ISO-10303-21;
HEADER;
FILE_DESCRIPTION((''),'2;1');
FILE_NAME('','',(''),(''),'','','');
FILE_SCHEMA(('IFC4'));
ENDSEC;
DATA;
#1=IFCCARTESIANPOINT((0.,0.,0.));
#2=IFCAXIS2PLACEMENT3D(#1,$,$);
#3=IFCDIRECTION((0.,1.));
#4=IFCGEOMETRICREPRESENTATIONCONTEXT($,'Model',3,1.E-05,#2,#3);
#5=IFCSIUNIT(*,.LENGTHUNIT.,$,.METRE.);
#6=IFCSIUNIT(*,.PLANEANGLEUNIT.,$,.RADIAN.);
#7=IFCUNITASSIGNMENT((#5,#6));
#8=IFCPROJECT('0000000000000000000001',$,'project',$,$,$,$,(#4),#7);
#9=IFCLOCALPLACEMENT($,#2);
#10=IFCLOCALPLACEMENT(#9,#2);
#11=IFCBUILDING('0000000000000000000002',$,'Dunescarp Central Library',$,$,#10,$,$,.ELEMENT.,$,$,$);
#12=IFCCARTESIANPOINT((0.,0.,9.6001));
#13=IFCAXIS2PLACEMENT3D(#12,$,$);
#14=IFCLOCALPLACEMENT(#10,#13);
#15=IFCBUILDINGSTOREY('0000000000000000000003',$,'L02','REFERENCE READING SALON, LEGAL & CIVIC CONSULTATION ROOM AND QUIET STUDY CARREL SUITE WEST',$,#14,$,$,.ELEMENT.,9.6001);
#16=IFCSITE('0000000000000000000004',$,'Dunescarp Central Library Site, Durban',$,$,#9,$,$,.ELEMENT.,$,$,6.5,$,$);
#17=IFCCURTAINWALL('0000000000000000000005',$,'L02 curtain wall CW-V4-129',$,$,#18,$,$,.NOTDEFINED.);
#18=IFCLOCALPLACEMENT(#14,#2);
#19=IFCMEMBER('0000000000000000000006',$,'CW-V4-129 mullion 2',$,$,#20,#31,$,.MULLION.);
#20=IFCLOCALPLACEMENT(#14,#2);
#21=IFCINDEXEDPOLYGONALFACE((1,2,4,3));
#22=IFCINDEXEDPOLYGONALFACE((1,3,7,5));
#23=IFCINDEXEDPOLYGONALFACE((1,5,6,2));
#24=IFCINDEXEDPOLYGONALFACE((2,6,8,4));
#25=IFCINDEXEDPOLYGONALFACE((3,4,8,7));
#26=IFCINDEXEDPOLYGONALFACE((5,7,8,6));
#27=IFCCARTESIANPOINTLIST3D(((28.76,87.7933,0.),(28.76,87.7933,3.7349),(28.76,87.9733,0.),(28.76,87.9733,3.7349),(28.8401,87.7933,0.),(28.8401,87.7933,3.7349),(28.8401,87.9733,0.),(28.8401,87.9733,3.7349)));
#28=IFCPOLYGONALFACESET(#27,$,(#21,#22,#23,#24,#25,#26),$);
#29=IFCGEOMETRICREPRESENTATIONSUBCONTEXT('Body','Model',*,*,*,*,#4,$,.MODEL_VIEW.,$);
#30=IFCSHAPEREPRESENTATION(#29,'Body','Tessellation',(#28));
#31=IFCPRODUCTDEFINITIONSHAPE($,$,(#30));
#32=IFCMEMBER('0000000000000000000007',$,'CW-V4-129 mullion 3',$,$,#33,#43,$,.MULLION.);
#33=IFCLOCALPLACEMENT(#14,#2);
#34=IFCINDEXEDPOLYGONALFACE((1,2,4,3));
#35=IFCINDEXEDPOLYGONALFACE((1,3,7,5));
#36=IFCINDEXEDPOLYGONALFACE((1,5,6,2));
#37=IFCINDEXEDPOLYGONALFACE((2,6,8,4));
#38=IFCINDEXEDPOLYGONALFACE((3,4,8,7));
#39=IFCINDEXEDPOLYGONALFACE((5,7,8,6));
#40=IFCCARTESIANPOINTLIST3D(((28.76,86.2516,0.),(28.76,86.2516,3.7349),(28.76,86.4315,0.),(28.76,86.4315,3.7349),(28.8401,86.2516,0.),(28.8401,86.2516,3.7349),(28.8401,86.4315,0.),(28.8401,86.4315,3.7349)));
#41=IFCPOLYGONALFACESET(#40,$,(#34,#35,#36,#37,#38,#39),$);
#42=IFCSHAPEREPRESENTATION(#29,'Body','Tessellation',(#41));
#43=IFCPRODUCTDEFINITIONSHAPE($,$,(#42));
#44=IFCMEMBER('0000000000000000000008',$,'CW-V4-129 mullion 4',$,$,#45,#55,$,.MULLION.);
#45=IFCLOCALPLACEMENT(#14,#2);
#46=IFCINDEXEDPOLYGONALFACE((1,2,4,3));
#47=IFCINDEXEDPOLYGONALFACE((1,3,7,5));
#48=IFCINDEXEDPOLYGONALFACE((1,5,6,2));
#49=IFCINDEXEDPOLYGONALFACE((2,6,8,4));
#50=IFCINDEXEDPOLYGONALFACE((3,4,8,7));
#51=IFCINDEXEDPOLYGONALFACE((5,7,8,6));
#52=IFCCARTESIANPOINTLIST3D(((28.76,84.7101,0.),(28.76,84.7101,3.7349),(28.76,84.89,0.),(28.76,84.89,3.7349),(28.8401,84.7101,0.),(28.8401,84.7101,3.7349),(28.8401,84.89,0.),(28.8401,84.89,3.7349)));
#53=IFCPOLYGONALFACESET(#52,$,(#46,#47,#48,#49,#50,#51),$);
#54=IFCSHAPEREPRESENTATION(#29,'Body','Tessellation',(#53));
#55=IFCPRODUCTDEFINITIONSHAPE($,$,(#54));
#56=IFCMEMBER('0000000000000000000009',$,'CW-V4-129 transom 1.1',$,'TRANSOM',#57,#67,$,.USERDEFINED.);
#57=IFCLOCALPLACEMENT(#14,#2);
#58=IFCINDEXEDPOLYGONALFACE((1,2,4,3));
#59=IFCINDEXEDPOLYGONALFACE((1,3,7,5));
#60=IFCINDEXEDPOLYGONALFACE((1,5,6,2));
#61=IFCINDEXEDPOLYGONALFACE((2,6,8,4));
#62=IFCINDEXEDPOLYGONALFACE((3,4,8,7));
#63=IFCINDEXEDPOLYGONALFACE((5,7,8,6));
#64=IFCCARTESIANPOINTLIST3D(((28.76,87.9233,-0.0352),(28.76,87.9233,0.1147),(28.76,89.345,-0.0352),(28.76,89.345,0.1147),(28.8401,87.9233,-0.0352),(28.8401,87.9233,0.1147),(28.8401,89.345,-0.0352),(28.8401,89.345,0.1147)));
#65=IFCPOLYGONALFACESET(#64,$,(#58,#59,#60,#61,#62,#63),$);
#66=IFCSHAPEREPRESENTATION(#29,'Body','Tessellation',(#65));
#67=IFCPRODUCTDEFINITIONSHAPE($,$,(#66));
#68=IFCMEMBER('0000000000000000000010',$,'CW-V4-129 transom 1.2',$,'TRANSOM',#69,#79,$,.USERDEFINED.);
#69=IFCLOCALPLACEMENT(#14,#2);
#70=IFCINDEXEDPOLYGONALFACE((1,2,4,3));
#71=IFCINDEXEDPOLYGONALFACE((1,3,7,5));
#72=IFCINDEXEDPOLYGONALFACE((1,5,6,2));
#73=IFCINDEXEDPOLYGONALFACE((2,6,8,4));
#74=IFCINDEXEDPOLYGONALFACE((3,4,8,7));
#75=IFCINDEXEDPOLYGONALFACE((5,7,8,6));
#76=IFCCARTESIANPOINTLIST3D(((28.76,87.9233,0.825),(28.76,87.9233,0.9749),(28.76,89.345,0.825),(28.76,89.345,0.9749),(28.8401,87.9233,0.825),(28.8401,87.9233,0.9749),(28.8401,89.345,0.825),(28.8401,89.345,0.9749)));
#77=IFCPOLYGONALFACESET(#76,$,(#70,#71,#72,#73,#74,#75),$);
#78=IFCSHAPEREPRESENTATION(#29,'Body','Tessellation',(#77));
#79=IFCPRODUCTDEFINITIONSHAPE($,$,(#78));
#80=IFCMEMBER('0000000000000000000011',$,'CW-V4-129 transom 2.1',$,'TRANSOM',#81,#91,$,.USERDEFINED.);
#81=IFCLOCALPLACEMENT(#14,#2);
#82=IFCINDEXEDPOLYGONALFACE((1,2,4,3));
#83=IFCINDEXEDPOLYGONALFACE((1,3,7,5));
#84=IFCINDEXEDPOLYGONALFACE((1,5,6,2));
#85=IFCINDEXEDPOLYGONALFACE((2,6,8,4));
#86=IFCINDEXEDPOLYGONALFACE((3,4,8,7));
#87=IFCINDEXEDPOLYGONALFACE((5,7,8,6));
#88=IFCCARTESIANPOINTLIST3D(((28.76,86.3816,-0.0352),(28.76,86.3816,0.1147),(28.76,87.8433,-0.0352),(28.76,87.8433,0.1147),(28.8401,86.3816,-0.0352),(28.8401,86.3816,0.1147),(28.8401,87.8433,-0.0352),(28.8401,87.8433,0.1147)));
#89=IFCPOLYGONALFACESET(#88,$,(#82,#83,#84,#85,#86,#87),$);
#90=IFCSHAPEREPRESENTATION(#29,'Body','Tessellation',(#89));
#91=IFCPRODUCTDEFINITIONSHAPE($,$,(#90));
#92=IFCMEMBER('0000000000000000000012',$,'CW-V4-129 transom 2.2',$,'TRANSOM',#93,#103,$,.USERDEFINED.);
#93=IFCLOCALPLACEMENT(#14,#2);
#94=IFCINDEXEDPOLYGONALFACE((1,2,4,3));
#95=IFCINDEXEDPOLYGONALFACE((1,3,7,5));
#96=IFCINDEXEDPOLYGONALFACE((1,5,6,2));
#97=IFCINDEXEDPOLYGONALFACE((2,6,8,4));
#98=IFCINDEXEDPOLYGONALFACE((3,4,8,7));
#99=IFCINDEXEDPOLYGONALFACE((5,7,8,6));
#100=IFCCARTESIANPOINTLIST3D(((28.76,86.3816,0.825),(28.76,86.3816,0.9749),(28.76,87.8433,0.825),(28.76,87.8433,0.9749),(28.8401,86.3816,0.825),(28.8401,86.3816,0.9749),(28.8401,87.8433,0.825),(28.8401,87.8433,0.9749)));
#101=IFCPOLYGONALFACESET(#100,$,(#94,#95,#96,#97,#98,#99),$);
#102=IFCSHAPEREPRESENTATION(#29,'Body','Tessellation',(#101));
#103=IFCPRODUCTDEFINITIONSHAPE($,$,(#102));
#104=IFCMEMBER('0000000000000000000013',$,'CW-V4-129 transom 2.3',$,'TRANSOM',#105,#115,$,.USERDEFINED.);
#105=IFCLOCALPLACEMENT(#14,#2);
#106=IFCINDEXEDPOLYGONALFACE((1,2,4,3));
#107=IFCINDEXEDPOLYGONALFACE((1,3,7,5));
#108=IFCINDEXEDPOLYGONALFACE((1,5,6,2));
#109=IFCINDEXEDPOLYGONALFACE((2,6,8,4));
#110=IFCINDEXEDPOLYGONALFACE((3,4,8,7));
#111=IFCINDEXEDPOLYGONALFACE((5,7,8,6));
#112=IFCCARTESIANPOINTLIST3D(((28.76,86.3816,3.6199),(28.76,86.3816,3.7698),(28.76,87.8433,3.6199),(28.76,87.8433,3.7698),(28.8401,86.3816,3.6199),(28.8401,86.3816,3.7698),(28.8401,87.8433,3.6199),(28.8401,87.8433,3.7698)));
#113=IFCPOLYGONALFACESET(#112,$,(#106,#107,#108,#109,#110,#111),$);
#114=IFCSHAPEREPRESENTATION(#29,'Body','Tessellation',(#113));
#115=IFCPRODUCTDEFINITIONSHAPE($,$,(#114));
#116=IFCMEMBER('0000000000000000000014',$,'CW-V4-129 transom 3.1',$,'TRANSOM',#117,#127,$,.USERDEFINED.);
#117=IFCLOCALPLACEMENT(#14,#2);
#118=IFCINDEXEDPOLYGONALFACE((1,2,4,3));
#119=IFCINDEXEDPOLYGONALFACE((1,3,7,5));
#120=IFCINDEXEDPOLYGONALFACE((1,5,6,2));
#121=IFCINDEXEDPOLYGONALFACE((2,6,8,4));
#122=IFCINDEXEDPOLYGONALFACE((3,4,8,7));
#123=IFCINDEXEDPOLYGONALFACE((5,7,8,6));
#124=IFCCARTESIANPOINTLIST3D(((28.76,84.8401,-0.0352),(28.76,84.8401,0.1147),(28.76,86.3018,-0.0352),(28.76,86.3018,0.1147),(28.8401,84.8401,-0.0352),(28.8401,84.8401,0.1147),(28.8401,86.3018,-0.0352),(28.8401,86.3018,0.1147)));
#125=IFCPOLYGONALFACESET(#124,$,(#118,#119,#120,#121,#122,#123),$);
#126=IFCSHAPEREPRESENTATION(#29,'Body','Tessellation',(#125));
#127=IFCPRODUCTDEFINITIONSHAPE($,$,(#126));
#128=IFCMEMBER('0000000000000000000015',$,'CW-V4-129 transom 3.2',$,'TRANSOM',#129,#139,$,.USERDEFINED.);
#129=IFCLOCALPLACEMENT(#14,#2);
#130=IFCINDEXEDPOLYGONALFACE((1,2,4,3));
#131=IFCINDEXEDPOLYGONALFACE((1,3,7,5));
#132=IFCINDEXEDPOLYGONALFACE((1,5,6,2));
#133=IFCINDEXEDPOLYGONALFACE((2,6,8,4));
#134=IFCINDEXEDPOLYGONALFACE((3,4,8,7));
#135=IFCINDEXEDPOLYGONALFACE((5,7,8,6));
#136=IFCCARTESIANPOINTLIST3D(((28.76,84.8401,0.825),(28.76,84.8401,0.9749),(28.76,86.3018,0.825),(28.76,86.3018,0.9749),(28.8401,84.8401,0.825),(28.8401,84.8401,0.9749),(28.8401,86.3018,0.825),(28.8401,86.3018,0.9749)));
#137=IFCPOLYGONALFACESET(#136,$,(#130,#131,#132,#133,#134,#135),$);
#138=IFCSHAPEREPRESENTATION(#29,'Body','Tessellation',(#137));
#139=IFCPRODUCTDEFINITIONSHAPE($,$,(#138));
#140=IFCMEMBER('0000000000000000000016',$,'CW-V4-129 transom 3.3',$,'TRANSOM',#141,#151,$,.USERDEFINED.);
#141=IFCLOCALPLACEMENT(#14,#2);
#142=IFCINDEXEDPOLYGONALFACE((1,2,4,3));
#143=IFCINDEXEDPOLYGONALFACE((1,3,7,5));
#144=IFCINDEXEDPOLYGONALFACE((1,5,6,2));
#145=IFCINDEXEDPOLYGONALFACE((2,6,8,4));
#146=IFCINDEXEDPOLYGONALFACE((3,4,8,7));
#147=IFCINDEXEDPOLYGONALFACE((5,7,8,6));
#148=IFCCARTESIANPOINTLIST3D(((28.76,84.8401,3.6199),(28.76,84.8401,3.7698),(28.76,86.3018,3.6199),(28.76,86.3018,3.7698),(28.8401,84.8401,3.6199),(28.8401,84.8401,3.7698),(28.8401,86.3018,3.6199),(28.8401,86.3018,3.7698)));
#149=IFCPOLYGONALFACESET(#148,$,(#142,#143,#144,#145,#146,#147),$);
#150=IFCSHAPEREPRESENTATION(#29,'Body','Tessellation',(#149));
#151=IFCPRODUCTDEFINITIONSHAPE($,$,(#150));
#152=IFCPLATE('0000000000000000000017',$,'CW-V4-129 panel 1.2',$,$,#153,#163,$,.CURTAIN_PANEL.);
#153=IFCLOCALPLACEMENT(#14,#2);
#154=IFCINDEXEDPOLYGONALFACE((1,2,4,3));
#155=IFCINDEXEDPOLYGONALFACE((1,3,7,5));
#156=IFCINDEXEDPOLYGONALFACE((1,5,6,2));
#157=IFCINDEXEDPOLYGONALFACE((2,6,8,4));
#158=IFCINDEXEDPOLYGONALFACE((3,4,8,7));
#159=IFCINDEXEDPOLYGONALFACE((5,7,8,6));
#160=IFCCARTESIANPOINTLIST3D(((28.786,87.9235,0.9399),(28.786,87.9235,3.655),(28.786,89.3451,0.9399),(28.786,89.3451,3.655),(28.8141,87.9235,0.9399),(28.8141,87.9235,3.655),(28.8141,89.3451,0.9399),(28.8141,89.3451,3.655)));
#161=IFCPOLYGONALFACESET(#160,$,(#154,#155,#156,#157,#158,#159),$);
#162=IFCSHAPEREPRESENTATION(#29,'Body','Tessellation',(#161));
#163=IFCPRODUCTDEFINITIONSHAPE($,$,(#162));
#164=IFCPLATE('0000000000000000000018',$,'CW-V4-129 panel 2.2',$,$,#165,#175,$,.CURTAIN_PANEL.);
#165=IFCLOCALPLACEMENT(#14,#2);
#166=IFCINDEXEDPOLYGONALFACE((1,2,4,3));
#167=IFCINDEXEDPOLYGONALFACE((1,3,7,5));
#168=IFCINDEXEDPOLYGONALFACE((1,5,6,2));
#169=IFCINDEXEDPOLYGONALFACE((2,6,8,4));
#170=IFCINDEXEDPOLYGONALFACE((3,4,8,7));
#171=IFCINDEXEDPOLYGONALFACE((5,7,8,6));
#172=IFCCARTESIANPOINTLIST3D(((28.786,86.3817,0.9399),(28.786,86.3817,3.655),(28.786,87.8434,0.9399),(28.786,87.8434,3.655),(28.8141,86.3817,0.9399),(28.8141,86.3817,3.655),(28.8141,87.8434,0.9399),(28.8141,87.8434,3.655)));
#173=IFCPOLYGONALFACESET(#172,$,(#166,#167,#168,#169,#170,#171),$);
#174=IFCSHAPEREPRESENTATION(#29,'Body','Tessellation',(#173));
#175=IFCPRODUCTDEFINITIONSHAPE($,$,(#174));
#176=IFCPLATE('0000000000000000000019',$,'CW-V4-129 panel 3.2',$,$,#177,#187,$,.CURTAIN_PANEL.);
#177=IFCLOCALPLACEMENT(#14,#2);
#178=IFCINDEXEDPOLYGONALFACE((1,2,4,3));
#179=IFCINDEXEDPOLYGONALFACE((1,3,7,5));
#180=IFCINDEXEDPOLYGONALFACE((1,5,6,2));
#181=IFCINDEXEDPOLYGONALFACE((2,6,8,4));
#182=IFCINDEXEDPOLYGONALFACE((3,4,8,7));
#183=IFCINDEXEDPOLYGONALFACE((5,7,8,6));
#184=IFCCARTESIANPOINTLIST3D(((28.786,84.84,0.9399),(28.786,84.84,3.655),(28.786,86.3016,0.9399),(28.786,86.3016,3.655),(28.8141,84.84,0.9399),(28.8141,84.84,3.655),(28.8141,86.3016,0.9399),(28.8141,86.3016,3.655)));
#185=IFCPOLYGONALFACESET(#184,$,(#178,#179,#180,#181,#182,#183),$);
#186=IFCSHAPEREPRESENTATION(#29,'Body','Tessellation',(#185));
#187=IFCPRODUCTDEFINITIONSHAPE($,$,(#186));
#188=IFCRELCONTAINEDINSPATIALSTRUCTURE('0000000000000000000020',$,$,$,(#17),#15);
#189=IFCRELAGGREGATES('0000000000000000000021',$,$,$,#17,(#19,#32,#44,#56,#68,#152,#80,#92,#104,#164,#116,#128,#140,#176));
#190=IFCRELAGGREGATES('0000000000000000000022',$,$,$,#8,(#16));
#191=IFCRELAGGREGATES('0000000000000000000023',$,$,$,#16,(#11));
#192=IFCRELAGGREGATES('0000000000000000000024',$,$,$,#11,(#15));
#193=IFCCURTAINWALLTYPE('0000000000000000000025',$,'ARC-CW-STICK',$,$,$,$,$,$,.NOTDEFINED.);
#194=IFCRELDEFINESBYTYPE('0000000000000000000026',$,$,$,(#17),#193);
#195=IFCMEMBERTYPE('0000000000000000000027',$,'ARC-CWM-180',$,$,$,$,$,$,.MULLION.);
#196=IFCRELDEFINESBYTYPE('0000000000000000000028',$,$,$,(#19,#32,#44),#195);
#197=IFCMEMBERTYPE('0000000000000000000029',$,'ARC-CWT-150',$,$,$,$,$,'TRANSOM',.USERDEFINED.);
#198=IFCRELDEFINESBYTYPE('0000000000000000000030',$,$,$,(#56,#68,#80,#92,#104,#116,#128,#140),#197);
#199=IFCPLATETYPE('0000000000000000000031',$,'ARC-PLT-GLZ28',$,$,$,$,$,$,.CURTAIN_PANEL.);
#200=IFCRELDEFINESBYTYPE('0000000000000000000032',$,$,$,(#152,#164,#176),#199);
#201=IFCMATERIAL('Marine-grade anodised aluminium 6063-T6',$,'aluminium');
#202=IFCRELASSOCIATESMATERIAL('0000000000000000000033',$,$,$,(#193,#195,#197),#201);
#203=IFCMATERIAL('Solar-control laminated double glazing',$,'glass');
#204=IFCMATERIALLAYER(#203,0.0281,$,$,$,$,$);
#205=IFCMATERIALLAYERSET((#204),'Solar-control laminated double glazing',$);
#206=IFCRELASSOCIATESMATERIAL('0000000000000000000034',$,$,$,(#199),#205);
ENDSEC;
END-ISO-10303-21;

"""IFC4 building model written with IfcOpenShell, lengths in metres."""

from ifc_helpers import new_model, si_unit, direction, frame, origin, origin_2d, place, context, subcontext, project, spatial, rectangle, extrude, material, layer, layer_set, material_profile, profile_set, type_object, element, aggregate, save


model = new_model("IFC4")

# Units and contexts
model_context = context("Model", 3, precision=1e-05, world=origin(), true_north=direction((0.0, 1.0)))
body_context = subcontext(model_context, "Body", "Model", "MODEL_VIEW")
ifc_project = project(units=[si_unit("LENGTHUNIT", "METRE"), si_unit("PLANEANGLEUNIT", "RADIAN")], contexts=[model_context])

# Site, building, storey
site_placement = place(None, origin())
site = spatial("IfcSite", under=ifc_project, at=site_placement, Name="Dunescarp Central Library Site, Durban", CompositionType="ELEMENT", RefElevation=6.5)
building_placement = place(site_placement, origin())
building = spatial("IfcBuilding", under=site, at=building_placement, Name="Dunescarp Central Library", CompositionType="ELEMENT")
storey_placement = place(building_placement, frame((0.0, 0.0, 9.6001)))
storey = spatial("IfcBuildingStorey", under=building, at=storey_placement, Name="L02", Description="REFERENCE READING SALON, LEGAL & CIVIC CONSULTATION ROOM AND QUIET STUDY CARREL SUITE WEST", CompositionType="ELEMENT", Elevation=9.6001)

# Curtain wall, members, plates
ifc_material_1 = material(Name="Marine-grade anodised aluminium 6063-T6", Category="aluminium")
curtain_wall_type = type_object("IfcCurtainWallType", Name="ARC-CW-STICK", PredefinedType="NOTDEFINED", material=ifc_material_1)
curtain_wall_placement = place(storey_placement, origin())
curtain_wall = element("IfcCurtainWall", 1, at=curtain_wall_placement, inside=storey, type_object=curtain_wall_type, Name="L02 curtain wall CW-V4-129", PredefinedType="NOTDEFINED")
ifc_material_profile_1 = material_profile(ifc_material_1, rectangle(XDim=0.0801, YDim=0.1799, at=origin_2d()), Name="AL 80x180")
ifc_profile_set_1 = profile_set([ifc_material_profile_1], Name="Marine-grade anodised aluminium 6063-T6")
member_type_1 = type_object("IfcMemberType", Name="ARC-CWM-180", PredefinedType="MULLION", material=ifc_profile_set_1)
member_1_placement = place(storey_placement, frame((28.8, 87.8833, 0.0), z_axis=(0.0, 0.0, 1.0), x_axis=(1.0, 0.0, 0.0)))
member_1 = element("IfcMember", 2, at=member_1_placement, type_object=member_type_1, Name="CW-V4-129 mullion 2", PredefinedType="MULLION", context=body_context, shape_type="SweptSolid", body=[
    extrude(rectangle(XDim=0.0801, YDim=0.1799, at=origin_2d()), origin(), (0.0, 0.0, 1.0), 3.7349),
])
member_2_placement = place(storey_placement, frame((28.8, 86.3416, 0.0), z_axis=(0.0, 0.0, 1.0), x_axis=(1.0, 0.0, 0.0)))
member_2 = element("IfcMember", 3, at=member_2_placement, type_object=member_type_1, Name="CW-V4-129 mullion 3", PredefinedType="MULLION", context=body_context, shape_type="SweptSolid", body=[
    extrude(rectangle(XDim=0.0801, YDim=0.1799, at=origin_2d()), origin(), (0.0, 0.0, 1.0), 3.7349),
])
member_3_placement = place(storey_placement, frame((28.8, 84.8, 0.0), z_axis=(0.0, 0.0, 1.0), x_axis=(1.0, 0.0, 0.0)))
member_3 = element("IfcMember", 4, at=member_3_placement, type_object=member_type_1, Name="CW-V4-129 mullion 4", PredefinedType="MULLION", context=body_context, shape_type="SweptSolid", body=[
    extrude(rectangle(XDim=0.0801, YDim=0.1799, at=origin_2d()), origin(), (0.0, 0.0, 1.0), 3.7349),
])
ifc_material_profile_2 = material_profile(ifc_material_1, rectangle(XDim=0.0801, YDim=0.1499, at=origin_2d()), Name="AL 80x150")
ifc_profile_set_2 = profile_set([ifc_material_profile_2], Name="Marine-grade anodised aluminium 6063-T6")
member_type_2 = type_object("IfcMemberType", Name="ARC-CWT-150", ElementType="TRANSOM", PredefinedType="USERDEFINED", material=ifc_profile_set_2)
member_4_placement = place(storey_placement, frame((28.8, 89.345, 0.0398), z_axis=(0.0, -1.0, 0.0), x_axis=(1.0, 0.0, 0.0)))
member_4 = element("IfcMember", 5, at=member_4_placement, type_object=member_type_2, Name="CW-V4-129 transom 1.1", ObjectType="TRANSOM", PredefinedType="USERDEFINED", context=body_context, shape_type="SweptSolid", body=[
    extrude(rectangle(XDim=0.0801, YDim=0.1499, at=origin_2d()), origin(), (0.0, 0.0, 1.0), 1.4216),
])
member_5_placement = place(storey_placement, frame((28.8, 89.345, 0.8999), z_axis=(0.0, -1.0, 0.0), x_axis=(1.0, 0.0, 0.0)))
member_5 = element("IfcMember", 6, at=member_5_placement, type_object=member_type_2, Name="CW-V4-129 transom 1.2", ObjectType="TRANSOM", PredefinedType="USERDEFINED", context=body_context, shape_type="SweptSolid", body=[
    extrude(rectangle(XDim=0.0801, YDim=0.1499, at=origin_2d()), origin(), (0.0, 0.0, 1.0), 1.4216),
])
member_6_placement = place(storey_placement, frame((28.8, 87.8433, 0.0398), z_axis=(0.0, -1.0, 0.0), x_axis=(1.0, 0.0, 0.0)))
member_6 = element("IfcMember", 7, at=member_6_placement, type_object=member_type_2, Name="CW-V4-129 transom 2.1", ObjectType="TRANSOM", PredefinedType="USERDEFINED", context=body_context, shape_type="SweptSolid", body=[
    extrude(rectangle(XDim=0.0801, YDim=0.1499, at=origin_2d()), origin(), (0.0, 0.0, 1.0), 1.4617),
])
member_7_placement = place(storey_placement, frame((28.8, 87.8433, 0.8999), z_axis=(0.0, -1.0, 0.0), x_axis=(1.0, 0.0, 0.0)))
member_7 = element("IfcMember", 8, at=member_7_placement, type_object=member_type_2, Name="CW-V4-129 transom 2.2", ObjectType="TRANSOM", PredefinedType="USERDEFINED", context=body_context, shape_type="SweptSolid", body=[
    extrude(rectangle(XDim=0.0801, YDim=0.1499, at=origin_2d()), origin(), (0.0, 0.0, 1.0), 1.4617),
])
member_8_placement = place(storey_placement, frame((28.8, 87.8433, 3.6948), z_axis=(0.0, -1.0, 0.0), x_axis=(1.0, 0.0, 0.0)))
member_8 = element("IfcMember", 9, at=member_8_placement, type_object=member_type_2, Name="CW-V4-129 transom 2.3", ObjectType="TRANSOM", PredefinedType="USERDEFINED", context=body_context, shape_type="SweptSolid", body=[
    extrude(rectangle(XDim=0.0801, YDim=0.1499, at=origin_2d()), origin(), (0.0, 0.0, 1.0), 1.4617),
])
member_9_placement = place(storey_placement, frame((28.8, 86.3018, 0.0398), z_axis=(0.0, -1.0, 0.0), x_axis=(1.0, 0.0, 0.0)))
member_9 = element("IfcMember", 10, at=member_9_placement, type_object=member_type_2, Name="CW-V4-129 transom 3.1", ObjectType="TRANSOM", PredefinedType="USERDEFINED", context=body_context, shape_type="SweptSolid", body=[
    extrude(rectangle(XDim=0.0801, YDim=0.1499, at=origin_2d()), origin(), (0.0, 0.0, 1.0), 1.4617),
])
member_10_placement = place(storey_placement, frame((28.8, 86.3018, 0.8999), z_axis=(0.0, -1.0, 0.0), x_axis=(1.0, 0.0, 0.0)))
member_10 = element("IfcMember", 11, at=member_10_placement, type_object=member_type_2, Name="CW-V4-129 transom 3.2", ObjectType="TRANSOM", PredefinedType="USERDEFINED", context=body_context, shape_type="SweptSolid", body=[
    extrude(rectangle(XDim=0.0801, YDim=0.1499, at=origin_2d()), origin(), (0.0, 0.0, 1.0), 1.4617),
])
member_11_placement = place(storey_placement, frame((28.8, 86.3018, 3.6948), z_axis=(0.0, -1.0, 0.0), x_axis=(1.0, 0.0, 0.0)))
member_11 = element("IfcMember", 12, at=member_11_placement, type_object=member_type_2, Name="CW-V4-129 transom 3.3", ObjectType="TRANSOM", PredefinedType="USERDEFINED", context=body_context, shape_type="SweptSolid", body=[
    extrude(rectangle(XDim=0.0801, YDim=0.1499, at=origin_2d()), origin(), (0.0, 0.0, 1.0), 1.4617),
])
ifc_material_2 = material(Name="Solar-control laminated double glazing", Category="glass")
ifc_layer_1 = layer(ifc_material_2, 0.0281)
ifc_layer_set_1 = layer_set([ifc_layer_1], Name="Solar-control laminated double glazing")
plate_type_1 = type_object("IfcPlateType", Name="ARC-PLT-GLZ28", PredefinedType="CURTAIN_PANEL", material=ifc_layer_set_1)
plate_1_placement = place(storey_placement, frame((28.8, 88.6343, 0.9399), z_axis=(0.0, 0.0, 1.0), x_axis=(0.0, -1.0, 0.0)))
plate_1 = element("IfcPlate", 13, at=plate_1_placement, type_object=plate_type_1, Name="CW-V4-129 panel 1.2", PredefinedType="CURTAIN_PANEL", context=body_context, shape_type="SweptSolid", body=[
    extrude(rectangle(XDim=1.4216, YDim=0.0281, at=origin_2d()), origin(), (0.0, 0.0, 1.0), 2.7151),
])
plate_2_placement = place(storey_placement, frame((28.8, 87.1125, 0.9399), z_axis=(0.0, 0.0, 1.0), x_axis=(0.0, -1.0, 0.0)))
plate_2 = element("IfcPlate", 14, at=plate_2_placement, type_object=plate_type_1, Name="CW-V4-129 panel 2.2", PredefinedType="CURTAIN_PANEL", context=body_context, shape_type="SweptSolid", body=[
    extrude(rectangle(XDim=1.4617, YDim=0.0281, at=origin_2d()), origin(), (0.0, 0.0, 1.0), 2.7151),
])
plate_3_placement = place(storey_placement, frame((28.8, 85.5708, 0.9399), z_axis=(0.0, 0.0, 1.0), x_axis=(0.0, -1.0, 0.0)))
plate_3 = element("IfcPlate", 15, at=plate_3_placement, type_object=plate_type_1, Name="CW-V4-129 panel 3.2", PredefinedType="CURTAIN_PANEL", context=body_context, shape_type="SweptSolid", body=[
    extrude(rectangle(XDim=1.4617, YDim=0.0281, at=origin_2d()), origin(), (0.0, 0.0, 1.0), 2.7151),
])
aggregate(curtain_wall, [member_1, member_2, member_3, member_4, member_5, plate_1, member_6, member_7, member_8, plate_2, member_9, member_10, member_11, plate_3])

save(model, "model.ifc")
